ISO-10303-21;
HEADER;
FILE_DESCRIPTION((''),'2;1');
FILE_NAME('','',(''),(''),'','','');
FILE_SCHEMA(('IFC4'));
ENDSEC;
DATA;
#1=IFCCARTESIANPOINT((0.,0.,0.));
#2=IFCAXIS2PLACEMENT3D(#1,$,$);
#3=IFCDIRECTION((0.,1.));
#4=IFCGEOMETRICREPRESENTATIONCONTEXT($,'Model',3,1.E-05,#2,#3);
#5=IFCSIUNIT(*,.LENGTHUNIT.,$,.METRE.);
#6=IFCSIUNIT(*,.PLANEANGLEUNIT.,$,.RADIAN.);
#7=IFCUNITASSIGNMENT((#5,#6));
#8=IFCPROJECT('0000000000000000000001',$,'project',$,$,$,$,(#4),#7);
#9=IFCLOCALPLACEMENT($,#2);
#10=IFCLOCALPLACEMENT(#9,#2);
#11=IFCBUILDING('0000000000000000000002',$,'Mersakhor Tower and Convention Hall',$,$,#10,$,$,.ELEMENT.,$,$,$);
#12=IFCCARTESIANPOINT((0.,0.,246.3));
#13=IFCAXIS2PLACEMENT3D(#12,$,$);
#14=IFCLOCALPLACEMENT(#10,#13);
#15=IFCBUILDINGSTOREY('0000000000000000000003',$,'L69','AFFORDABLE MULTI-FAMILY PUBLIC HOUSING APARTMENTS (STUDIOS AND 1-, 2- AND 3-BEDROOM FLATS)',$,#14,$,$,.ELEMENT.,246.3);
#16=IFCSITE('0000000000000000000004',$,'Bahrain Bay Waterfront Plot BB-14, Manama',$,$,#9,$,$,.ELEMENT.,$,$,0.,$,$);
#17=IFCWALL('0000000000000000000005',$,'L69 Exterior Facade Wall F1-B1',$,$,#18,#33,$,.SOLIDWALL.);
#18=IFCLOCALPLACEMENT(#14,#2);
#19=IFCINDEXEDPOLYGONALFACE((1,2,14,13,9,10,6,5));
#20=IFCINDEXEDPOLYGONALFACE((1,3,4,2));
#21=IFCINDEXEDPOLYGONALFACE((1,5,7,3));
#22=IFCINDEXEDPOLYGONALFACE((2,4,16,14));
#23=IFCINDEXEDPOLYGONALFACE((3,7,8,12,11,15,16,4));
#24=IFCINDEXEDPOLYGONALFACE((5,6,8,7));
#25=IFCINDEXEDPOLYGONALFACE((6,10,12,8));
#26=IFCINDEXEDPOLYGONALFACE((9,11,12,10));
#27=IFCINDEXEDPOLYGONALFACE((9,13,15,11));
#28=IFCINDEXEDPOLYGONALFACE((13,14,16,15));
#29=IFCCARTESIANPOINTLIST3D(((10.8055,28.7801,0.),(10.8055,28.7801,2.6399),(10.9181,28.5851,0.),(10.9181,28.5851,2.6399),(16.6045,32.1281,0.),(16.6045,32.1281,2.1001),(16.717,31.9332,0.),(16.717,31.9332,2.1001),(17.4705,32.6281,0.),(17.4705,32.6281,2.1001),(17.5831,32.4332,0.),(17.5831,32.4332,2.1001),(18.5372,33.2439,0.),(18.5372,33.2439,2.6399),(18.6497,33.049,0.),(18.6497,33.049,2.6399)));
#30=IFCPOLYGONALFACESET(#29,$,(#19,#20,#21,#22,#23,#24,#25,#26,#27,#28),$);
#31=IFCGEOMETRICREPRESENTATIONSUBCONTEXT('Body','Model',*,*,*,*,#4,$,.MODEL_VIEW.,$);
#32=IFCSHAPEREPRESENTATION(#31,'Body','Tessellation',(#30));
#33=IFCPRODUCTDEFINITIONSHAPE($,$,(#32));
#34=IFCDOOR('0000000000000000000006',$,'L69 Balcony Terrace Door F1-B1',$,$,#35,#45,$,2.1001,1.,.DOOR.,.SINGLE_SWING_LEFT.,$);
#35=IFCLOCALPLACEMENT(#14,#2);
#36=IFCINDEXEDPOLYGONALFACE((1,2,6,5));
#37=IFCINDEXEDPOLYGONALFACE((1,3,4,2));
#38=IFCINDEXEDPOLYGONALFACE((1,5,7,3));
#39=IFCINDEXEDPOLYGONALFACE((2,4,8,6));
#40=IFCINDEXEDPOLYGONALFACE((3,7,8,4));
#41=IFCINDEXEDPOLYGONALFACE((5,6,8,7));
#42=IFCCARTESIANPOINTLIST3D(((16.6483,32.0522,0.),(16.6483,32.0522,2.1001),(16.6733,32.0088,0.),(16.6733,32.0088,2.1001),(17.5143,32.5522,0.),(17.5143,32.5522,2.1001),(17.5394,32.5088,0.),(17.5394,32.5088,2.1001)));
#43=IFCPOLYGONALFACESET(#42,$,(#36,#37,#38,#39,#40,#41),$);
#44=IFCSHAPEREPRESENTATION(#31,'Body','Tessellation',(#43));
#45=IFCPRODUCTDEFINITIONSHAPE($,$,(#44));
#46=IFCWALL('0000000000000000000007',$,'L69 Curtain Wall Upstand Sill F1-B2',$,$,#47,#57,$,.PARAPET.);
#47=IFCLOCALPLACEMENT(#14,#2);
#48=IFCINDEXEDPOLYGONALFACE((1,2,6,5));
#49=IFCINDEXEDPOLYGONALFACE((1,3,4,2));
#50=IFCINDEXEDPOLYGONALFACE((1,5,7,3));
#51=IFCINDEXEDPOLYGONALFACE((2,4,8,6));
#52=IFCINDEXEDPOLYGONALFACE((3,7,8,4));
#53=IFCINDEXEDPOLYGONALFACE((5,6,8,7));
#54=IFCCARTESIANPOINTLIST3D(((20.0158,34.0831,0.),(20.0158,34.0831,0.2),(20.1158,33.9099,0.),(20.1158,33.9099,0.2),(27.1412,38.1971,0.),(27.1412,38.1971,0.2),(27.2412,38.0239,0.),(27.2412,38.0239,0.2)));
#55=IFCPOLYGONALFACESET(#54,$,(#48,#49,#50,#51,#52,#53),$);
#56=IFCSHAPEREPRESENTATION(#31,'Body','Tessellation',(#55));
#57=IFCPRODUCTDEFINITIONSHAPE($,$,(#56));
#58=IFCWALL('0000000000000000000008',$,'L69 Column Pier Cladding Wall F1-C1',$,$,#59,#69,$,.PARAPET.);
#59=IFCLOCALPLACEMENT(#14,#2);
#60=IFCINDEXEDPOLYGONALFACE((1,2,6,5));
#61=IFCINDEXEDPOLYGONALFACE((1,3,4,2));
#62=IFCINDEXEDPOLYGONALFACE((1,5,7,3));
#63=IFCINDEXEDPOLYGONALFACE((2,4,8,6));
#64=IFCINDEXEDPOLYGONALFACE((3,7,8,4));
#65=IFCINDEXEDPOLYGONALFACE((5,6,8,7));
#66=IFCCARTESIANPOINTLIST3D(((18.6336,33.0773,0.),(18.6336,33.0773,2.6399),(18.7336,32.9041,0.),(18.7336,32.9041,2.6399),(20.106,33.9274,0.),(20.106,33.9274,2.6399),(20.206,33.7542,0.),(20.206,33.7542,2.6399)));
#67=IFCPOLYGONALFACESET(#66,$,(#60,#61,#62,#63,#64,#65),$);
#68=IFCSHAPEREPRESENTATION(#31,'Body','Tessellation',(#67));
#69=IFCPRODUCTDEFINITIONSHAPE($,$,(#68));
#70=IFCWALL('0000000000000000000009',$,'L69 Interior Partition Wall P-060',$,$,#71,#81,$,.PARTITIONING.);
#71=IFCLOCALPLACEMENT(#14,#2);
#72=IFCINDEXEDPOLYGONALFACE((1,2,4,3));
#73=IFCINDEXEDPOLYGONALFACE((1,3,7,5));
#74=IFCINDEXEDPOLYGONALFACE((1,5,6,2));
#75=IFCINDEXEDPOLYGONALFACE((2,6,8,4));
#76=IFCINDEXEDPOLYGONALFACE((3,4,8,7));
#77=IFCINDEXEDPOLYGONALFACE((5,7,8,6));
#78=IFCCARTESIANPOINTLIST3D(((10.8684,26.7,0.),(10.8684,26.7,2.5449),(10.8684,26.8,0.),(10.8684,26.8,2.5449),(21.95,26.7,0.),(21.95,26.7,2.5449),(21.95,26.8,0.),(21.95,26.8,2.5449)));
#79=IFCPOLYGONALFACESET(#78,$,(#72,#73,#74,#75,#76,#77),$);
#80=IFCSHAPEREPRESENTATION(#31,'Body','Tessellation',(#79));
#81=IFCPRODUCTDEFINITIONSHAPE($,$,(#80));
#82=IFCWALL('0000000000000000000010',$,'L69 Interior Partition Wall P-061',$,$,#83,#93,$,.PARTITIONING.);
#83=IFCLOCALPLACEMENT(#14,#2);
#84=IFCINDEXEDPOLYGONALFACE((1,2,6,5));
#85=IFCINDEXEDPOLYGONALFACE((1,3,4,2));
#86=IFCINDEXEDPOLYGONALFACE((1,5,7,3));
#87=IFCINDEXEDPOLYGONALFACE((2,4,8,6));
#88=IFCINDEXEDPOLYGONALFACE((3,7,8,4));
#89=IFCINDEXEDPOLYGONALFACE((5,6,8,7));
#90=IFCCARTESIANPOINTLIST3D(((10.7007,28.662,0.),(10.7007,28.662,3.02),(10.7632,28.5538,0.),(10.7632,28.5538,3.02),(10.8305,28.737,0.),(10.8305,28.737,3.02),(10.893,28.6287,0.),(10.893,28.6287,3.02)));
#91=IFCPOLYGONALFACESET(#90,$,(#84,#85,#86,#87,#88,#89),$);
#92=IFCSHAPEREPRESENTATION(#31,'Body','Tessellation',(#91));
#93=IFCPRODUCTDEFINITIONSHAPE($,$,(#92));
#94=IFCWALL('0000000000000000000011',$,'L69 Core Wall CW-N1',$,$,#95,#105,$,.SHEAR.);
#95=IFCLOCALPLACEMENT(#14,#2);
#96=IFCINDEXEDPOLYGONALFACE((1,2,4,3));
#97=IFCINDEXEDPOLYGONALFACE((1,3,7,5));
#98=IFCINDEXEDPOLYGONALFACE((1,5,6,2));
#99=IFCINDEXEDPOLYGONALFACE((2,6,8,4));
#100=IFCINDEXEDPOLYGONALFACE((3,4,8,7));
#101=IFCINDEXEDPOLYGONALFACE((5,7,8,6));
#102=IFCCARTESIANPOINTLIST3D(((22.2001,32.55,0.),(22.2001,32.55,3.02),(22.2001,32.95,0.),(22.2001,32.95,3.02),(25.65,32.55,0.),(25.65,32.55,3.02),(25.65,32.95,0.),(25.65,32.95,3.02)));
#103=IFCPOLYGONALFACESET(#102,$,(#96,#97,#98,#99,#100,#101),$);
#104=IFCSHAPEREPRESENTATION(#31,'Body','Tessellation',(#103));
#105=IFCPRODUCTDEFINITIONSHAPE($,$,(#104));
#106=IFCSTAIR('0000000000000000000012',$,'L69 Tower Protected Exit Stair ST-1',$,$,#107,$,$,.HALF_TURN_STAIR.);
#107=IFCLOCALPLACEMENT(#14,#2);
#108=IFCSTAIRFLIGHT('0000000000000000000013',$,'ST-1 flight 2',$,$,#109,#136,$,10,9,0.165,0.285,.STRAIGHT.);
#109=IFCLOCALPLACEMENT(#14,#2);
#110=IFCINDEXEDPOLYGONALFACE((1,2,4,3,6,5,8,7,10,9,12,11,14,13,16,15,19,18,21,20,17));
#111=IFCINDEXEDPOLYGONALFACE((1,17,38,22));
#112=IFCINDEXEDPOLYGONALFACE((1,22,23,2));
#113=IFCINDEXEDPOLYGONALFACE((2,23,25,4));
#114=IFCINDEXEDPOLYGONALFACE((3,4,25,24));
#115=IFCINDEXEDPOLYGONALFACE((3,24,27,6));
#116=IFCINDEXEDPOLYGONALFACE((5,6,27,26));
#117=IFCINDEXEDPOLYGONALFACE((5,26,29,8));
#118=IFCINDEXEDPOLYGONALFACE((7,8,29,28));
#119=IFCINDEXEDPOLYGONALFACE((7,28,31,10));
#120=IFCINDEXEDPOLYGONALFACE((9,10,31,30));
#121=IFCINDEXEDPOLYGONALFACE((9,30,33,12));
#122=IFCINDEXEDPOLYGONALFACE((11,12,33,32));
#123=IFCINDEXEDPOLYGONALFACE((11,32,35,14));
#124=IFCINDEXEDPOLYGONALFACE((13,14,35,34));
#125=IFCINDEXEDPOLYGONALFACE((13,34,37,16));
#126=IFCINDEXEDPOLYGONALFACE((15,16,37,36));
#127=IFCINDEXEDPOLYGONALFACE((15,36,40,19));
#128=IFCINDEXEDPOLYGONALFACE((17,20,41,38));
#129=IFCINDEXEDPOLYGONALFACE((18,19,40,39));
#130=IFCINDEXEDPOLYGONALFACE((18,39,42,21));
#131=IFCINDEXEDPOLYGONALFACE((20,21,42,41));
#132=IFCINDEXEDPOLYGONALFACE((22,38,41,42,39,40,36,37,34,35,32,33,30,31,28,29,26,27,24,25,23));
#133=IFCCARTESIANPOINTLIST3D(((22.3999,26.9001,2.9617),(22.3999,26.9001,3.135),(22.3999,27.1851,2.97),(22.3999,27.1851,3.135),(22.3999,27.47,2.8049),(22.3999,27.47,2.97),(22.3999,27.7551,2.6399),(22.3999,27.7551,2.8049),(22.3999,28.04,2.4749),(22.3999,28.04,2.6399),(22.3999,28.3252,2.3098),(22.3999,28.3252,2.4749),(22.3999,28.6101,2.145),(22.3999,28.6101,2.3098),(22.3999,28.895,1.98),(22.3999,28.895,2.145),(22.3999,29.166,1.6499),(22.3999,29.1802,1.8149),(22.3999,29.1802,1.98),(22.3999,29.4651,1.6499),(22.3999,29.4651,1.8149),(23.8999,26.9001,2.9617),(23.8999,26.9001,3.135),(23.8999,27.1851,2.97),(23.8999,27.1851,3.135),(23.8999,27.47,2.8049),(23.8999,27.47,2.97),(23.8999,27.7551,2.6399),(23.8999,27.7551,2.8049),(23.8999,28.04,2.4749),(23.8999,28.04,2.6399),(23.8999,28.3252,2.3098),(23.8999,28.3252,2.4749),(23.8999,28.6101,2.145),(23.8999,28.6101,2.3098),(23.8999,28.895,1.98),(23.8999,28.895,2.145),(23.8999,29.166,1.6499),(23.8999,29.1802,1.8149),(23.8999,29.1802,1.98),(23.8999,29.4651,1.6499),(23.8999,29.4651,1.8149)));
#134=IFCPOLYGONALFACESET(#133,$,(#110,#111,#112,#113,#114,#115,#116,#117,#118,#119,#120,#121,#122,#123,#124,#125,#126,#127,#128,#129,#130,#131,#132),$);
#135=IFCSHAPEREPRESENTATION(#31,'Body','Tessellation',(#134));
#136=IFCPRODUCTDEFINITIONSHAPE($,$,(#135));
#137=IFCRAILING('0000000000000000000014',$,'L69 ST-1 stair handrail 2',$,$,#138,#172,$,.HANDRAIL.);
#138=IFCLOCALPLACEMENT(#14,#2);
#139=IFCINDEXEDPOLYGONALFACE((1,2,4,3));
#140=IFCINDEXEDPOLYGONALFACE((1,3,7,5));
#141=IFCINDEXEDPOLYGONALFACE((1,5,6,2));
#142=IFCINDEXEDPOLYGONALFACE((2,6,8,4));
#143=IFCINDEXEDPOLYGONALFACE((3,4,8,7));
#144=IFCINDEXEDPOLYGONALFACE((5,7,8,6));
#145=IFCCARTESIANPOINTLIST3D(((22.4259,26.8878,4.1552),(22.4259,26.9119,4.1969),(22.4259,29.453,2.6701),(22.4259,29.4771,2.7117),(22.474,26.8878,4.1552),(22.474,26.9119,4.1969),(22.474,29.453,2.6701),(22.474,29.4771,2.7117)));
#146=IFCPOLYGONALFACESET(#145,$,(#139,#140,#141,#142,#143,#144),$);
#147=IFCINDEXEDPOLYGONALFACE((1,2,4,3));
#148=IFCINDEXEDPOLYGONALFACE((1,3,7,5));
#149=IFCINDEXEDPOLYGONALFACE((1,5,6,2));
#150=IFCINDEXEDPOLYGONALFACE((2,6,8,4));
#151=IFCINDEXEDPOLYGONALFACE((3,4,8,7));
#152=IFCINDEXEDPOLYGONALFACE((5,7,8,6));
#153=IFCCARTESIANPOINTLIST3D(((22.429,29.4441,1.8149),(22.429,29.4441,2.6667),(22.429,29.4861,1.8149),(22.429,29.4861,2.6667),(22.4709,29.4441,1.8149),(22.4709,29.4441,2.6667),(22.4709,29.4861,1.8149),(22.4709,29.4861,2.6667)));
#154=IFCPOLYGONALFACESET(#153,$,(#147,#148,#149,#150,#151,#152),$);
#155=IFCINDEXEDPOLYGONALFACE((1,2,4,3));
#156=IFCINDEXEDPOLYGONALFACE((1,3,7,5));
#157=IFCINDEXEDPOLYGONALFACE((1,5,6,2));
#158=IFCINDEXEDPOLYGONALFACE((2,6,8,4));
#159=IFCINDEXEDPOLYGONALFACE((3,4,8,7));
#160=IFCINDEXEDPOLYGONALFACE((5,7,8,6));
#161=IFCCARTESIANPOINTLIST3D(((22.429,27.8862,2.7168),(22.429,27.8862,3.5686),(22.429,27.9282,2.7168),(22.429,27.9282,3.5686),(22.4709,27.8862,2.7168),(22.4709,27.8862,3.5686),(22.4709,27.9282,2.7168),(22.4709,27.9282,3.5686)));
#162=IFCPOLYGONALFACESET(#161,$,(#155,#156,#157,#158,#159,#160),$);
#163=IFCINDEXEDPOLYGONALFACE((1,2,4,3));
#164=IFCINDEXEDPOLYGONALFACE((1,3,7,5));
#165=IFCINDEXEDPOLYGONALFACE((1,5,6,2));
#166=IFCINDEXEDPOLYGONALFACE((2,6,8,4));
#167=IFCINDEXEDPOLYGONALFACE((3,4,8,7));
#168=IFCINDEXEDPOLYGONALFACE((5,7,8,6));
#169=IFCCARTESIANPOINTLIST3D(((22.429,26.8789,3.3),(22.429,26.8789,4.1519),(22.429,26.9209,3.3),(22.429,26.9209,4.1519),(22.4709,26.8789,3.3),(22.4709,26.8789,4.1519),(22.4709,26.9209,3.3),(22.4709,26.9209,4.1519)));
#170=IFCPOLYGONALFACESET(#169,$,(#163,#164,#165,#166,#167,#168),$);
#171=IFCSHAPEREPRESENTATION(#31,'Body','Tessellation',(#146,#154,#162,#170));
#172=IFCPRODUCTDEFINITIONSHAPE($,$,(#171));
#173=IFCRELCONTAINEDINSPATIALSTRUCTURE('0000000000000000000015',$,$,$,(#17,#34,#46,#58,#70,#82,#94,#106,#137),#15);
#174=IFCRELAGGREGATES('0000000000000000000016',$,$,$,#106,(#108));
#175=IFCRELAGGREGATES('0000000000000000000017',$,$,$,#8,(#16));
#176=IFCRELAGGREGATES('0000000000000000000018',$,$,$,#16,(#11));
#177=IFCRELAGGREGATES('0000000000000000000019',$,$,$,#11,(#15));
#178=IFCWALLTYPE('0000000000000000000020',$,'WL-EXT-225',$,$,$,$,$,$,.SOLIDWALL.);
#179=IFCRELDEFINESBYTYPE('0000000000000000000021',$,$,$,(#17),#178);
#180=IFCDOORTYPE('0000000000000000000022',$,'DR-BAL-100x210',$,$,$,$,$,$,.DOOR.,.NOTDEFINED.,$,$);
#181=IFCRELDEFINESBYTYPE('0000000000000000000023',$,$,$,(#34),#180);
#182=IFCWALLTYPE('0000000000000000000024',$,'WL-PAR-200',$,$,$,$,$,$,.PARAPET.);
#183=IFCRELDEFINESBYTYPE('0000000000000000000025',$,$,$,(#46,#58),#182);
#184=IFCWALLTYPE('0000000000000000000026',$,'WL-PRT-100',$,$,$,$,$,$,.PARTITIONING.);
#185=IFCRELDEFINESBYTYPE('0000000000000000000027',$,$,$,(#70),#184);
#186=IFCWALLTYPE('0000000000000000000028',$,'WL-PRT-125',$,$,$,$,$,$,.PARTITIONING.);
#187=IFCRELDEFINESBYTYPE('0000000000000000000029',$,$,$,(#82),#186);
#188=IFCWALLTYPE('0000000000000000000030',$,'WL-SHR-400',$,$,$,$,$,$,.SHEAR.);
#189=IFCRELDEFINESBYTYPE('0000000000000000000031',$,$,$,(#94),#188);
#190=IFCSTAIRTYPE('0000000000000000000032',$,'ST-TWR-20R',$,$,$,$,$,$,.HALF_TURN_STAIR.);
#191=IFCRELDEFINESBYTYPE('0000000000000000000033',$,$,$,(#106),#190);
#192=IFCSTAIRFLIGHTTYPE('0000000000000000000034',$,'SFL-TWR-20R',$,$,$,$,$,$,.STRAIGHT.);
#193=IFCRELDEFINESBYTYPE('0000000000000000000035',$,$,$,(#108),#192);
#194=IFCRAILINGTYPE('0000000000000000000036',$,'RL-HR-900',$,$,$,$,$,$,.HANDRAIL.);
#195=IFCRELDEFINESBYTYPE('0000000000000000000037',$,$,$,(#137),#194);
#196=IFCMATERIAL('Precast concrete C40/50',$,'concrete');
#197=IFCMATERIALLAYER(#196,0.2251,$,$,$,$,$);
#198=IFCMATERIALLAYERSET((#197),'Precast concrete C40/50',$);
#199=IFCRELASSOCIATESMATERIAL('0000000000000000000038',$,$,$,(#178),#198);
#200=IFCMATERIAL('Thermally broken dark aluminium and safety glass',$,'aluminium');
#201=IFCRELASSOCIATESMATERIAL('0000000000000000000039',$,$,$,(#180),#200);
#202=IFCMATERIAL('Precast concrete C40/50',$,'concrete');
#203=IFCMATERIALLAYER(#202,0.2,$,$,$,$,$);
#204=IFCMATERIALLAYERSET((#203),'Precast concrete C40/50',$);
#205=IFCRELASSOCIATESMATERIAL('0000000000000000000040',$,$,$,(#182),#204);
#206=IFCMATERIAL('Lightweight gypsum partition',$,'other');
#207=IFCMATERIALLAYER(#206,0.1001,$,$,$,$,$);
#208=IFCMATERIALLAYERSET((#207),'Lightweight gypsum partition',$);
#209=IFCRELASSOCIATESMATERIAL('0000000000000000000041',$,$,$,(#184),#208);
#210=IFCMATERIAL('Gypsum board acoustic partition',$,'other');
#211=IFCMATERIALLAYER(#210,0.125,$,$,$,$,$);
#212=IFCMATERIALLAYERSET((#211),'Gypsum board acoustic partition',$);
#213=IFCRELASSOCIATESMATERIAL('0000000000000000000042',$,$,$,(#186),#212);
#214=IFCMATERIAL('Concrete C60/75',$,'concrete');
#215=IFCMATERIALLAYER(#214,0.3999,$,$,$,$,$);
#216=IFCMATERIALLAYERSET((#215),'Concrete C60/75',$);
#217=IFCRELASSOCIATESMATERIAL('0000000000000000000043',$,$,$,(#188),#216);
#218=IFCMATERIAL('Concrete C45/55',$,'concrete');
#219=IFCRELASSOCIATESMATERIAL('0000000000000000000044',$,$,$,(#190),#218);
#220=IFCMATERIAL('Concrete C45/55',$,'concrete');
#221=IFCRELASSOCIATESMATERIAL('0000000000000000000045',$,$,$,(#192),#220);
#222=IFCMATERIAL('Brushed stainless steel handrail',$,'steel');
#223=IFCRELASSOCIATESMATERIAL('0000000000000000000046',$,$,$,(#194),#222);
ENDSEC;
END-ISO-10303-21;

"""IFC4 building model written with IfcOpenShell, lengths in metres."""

from ifc_helpers import new_model, si_unit, direction, frame, frame_2d, origin, origin_2d, place, context, subcontext, project, spatial, polyline, rectangle, outline, extrude, material, layer, layer_set, type_object, element, fill, aggregate, save


model = new_model("IFC4")

# Units and contexts
model_context = context("Model", 3, precision=1e-05, world=origin(), true_north=direction((0.0, 1.0)))
body_context = subcontext(model_context, "Body", "Model", "MODEL_VIEW")
ifc_project = project(units=[si_unit("LENGTHUNIT", "METRE"), si_unit("PLANEANGLEUNIT", "RADIAN")], contexts=[model_context])

# Site, building, storey
site_placement = place(None, origin())
site = spatial("IfcSite", under=ifc_project, at=site_placement, Name="Bahrain Bay Waterfront Plot BB-14, Manama", CompositionType="ELEMENT", RefElevation=0.0)
building_placement = place(site_placement, origin())
building = spatial("IfcBuilding", under=site, at=building_placement, Name="Mersakhor Tower and Convention Hall", CompositionType="ELEMENT")
storey_placement = place(building_placement, frame((0.0, 0.0, 246.3)))
storey = spatial("IfcBuildingStorey", under=building, at=storey_placement, Name="L69", Description="AFFORDABLE MULTI-FAMILY PUBLIC HOUSING APARTMENTS (STUDIOS AND 1-, 2- AND 3-BEDROOM FLATS)", CompositionType="ELEMENT", Elevation=246.3)

# Wall, opening, door
ifc_material_1 = material(Name="Precast concrete C40/50", Category="concrete")
ifc_layer_1 = layer(ifc_material_1, 0.2251)
ifc_layer_set_1 = layer_set([ifc_layer_1], Name="Precast concrete C40/50")
wall_type_1 = type_object("IfcWallType", Name="WL-EXT-225", PredefinedType="SOLIDWALL", material=ifc_layer_set_1)
wall_1_placement = place(storey_placement, frame((10.8618, 28.6826, 0.0), z_axis=(0.0, 0.0, 1.0), x_axis=(0.866027, 0.499998, 0.0)))
wall_1 = element("IfcWall", 1, at=wall_1_placement, inside=storey, type_object=wall_type_1, Name="L69 Exterior Facade Wall F1-B1", PredefinedType="SOLIDWALL", context=body_context, shape_type="SweptSolid", body=[
    extrude(rectangle(XDim=8.9277, YDim=0.2251, at=frame_2d((4.4639, 0.0))), origin(), (0.0, 0.0, 1.0), 2.6399),
])
opening_placement = place(wall_1_placement, frame((6.696, 0.0, 0.0)))
opening = element("IfcOpeningElement", 2, at=opening_placement, cuts=wall_1, PredefinedType="OPENING", context=body_context, shape_type="SweptSolid", body=[
    extrude(rectangle(XDim=1.0, YDim=2.1001, at=frame_2d((0.5, 1.05))), frame((0.0, 0.1226, 0.0), z_axis=(0.0, -1.0, 0.0), x_axis=(1.0, 0.0, 0.0)), (0.0, 0.0, 1.0), 0.2451),
])
ifc_material_2 = material(Name="Thermally broken dark aluminium and safety glass", Category="aluminium")
door_type = type_object("IfcDoorType", Name="DR-BAL-100x210", OperationType="NOTDEFINED", PredefinedType="DOOR", material=ifc_material_2)
door_placement = place(opening_placement, origin())
door = element("IfcDoor", 3, at=door_placement, inside=storey, type_object=door_type, Name="L69 Balcony Terrace Door F1-B1", OperationType="SINGLE_SWING_LEFT", OverallHeight=2.1001, OverallWidth=1.0, PredefinedType="DOOR", context=body_context, shape_type="SweptSolid", body=[
    extrude(rectangle(XDim=1.0, YDim=2.1001, at=frame_2d((0.5, 1.05))), frame((0.0, 0.0249, 0.0), z_axis=(0.0, -1.0, 0.0), x_axis=(1.0, 0.0, 0.0)), (0.0, 0.0, 1.0), 0.05),
])
fill(opening, door)

# Walls
ifc_material_3 = material(Name="Precast concrete C40/50", Category="concrete")
ifc_layer_2 = layer(ifc_material_3, 0.2)
ifc_layer_set_2 = layer_set([ifc_layer_2], Name="Precast concrete C40/50")
wall_type_2 = type_object("IfcWallType", Name="WL-PAR-200", PredefinedType="PARAPET", material=ifc_layer_set_2)
wall_2_placement = place(storey_placement, frame((20.0659, 33.9966, 0.0), z_axis=(0.0, 0.0, 1.0), x_axis=(0.86602, 0.50001, 0.0)))
element("IfcWall", 4, at=wall_2_placement, inside=storey, type_object=wall_type_2, Name="L69 Curtain Wall Upstand Sill F1-B2", PredefinedType="PARAPET", context=body_context, shape_type="SweptSolid", body=[
    extrude(rectangle(XDim=8.2278, YDim=0.2, at=frame_2d((4.1138, 0.0))), origin(), (0.0, 0.0, 1.0), 0.2),
])
wall_3_placement = place(storey_placement, frame((18.6836, 32.9907, 0.0), z_axis=(0.0, 0.0, 1.0), x_axis=(0.866025, 0.5, 0.0)))
element("IfcWall", 5, at=wall_3_placement, inside=storey, type_object=wall_type_2, Name="L69 Column Pier Cladding Wall F1-C1", PredefinedType="PARAPET", context=body_context, shape_type="SweptSolid", body=[
    extrude(rectangle(XDim=1.7002, YDim=0.2, at=frame_2d((0.8501, 0.0))), origin(), (0.0, 0.0, 1.0), 2.6399),
])
ifc_material_4 = material(Name="Lightweight gypsum partition", Category="other")
ifc_layer_3 = layer(ifc_material_4, 0.1001)
ifc_layer_set_3 = layer_set([ifc_layer_3], Name="Lightweight gypsum partition")
wall_type_3 = type_object("IfcWallType", Name="WL-PRT-100", PredefinedType="PARTITIONING", material=ifc_layer_set_3)
wall_4_placement = place(storey_placement, frame((21.95, 26.75, 0.0), z_axis=(0.0, 0.0, 1.0), x_axis=(-1.0, 0.0, 0.0)))
element("IfcWall", 6, at=wall_4_placement, inside=storey, type_object=wall_type_3, Name="L69 Interior Partition Wall P-060", PredefinedType="PARTITIONING", context=body_context, shape_type="SweptSolid", body=[
    extrude(rectangle(XDim=11.0815, YDim=0.1001, at=frame_2d((5.5408, 0.0))), origin(), (0.0, 0.0, 1.0), 2.5449),
])
ifc_material_5 = material(Name="Gypsum board acoustic partition", Category="other")
ifc_layer_4 = layer(ifc_material_5, 0.125)
ifc_layer_set_4 = layer_set([ifc_layer_4], Name="Gypsum board acoustic partition")
wall_type_4 = type_object("IfcWallType", Name="WL-PRT-125", PredefinedType="PARTITIONING", material=ifc_layer_set_4)
wall_5_placement = place(storey_placement, frame((10.7319, 28.6079, 0.0), z_axis=(0.0, 0.0, 1.0), x_axis=(0.866131, 0.499816, 0.0)))
element("IfcWall", 7, at=wall_5_placement, inside=storey, type_object=wall_type_4, Name="L69 Interior Partition Wall P-061", PredefinedType="PARTITIONING", context=body_context, shape_type="SweptSolid", body=[
    extrude(rectangle(XDim=0.1499, YDim=0.125, at=frame_2d((0.075, 0.0))), origin(), (0.0, 0.0, 1.0), 3.02),
])
ifc_material_6 = material(Name="Concrete C60/75", Category="concrete")
ifc_layer_5 = layer(ifc_material_6, 0.3999)
ifc_layer_set_5 = layer_set([ifc_layer_5], Name="Concrete C60/75")
wall_type_5 = type_object("IfcWallType", Name="WL-SHR-400", PredefinedType="SHEAR", material=ifc_layer_set_5)
wall_6_placement = place(storey_placement, frame((22.2, 32.75, 0.0), z_axis=(0.0, 0.0, 1.0), x_axis=(1.0, 0.0, 0.0)))
element("IfcWall", 8, at=wall_6_placement, inside=storey, type_object=wall_type_5, Name="L69 Core Wall CW-N1", PredefinedType="SHEAR", context=body_context, shape_type="SweptSolid", body=[
    extrude(rectangle(XDim=3.45, YDim=0.3999, at=frame_2d((1.7251, 0.0))), origin(), (0.0, 0.0, 1.0), 3.02),
])

# Stair, stair flight
ifc_material_7 = material(Name="Concrete C45/55", Category="concrete")
stair_type = type_object("IfcStairType", Name="ST-TWR-20R", PredefinedType="HALF_TURN_STAIR", material=ifc_material_7)
stair_placement = place(storey_placement, origin())
stair = element("IfcStair", 9, at=stair_placement, inside=storey, type_object=stair_type, Name="L69 Tower Protected Exit Stair ST-1", PredefinedType="HALF_TURN_STAIR")
ifc_material_8 = material(Name="Concrete C45/55", Category="concrete")
stair_flight_type = type_object("IfcStairFlightType", Name="SFL-TWR-20R", PredefinedType="STRAIGHT", material=ifc_material_8)
stair_flight_placement = place(storey_placement, frame((23.1499, 29.4651, 1.6499), z_axis=(0.0, 0.0, 1.0), x_axis=(0.0, -1.0, 0.0)))
stair_flight = element("IfcStairFlight", 10, at=stair_flight_placement, type_object=stair_flight_type, Name="ST-1 flight 2", NumberOfRisers=10, NumberOfTreads=9, PredefinedType="STRAIGHT", RiserHeight=0.165, TreadLength=0.285, context=body_context, shape_type="SweptSolid", body=[
    extrude(outline(polyline([(0.0, 0.0), (0.0, 0.165), (0.2849, 0.165), (0.2849, 0.3301), (0.5701, 0.3301), (0.5701, 0.4951), (0.855, 0.4951), (0.855, 0.6599), (1.1399, 0.6599), (1.1399, 0.825), (1.425, 0.825), (1.425, 0.99), (1.71, 0.99), (1.71, 1.155), (1.9951, 1.155), (1.9951, 1.3201), (2.28, 1.3201), (2.28, 1.4851), (2.5649, 1.4851), (2.5649, 1.6499), (2.5649, 1.3118), (0.2991, 0.0), (0.0, 0.0)])), frame((0.0, 0.75, 0.0), z_axis=(0.0, -1.0, 0.0), x_axis=(1.0, 0.0, 0.0)), (0.0, 0.0, 1.0), 1.5),
])
aggregate(stair, [stair_flight])

# Railing
ifc_material_9 = material(Name="Brushed stainless steel handrail", Category="steel")
railing_type = type_object("IfcRailingType", Name="RL-HR-900", PredefinedType="HANDRAIL", material=ifc_material_9)
railing_placement = place(storey_placement, frame((22.45, 29.4651, 1.8149)))
element("IfcRailing", 11, at=railing_placement, inside=storey, type_object=railing_type, Name="L69 ST-1 stair handrail 2", PredefinedType="HANDRAIL", context=body_context, shape_type="SweptSolid", body=[
    extrude(rectangle(XDim=0.0481, YDim=0.0481, at=origin_2d()), frame((0.0, 0.0, 0.876), z_axis=(0.0, -0.865426, 0.501036), x_axis=(1.0, 0.0, 0.0)), (0.0, 0.0, 1.0), 2.9641),
    extrude(rectangle(XDim=0.042, YDim=0.042, at=origin_2d()), origin(), (0.0, 0.0, 1.0), 0.8518),
    extrude(rectangle(XDim=0.042, YDim=0.042, at=origin_2d()), frame((0.0, -1.5579, 0.9019)), (0.0, 0.0, 1.0), 0.8518),
    extrude(rectangle(XDim=0.042, YDim=0.042, at=origin_2d()), frame((0.0, -2.5652, 1.4851)), (0.0, 0.0, 1.0), 0.8518),
])

save(model, "model.ifc")
